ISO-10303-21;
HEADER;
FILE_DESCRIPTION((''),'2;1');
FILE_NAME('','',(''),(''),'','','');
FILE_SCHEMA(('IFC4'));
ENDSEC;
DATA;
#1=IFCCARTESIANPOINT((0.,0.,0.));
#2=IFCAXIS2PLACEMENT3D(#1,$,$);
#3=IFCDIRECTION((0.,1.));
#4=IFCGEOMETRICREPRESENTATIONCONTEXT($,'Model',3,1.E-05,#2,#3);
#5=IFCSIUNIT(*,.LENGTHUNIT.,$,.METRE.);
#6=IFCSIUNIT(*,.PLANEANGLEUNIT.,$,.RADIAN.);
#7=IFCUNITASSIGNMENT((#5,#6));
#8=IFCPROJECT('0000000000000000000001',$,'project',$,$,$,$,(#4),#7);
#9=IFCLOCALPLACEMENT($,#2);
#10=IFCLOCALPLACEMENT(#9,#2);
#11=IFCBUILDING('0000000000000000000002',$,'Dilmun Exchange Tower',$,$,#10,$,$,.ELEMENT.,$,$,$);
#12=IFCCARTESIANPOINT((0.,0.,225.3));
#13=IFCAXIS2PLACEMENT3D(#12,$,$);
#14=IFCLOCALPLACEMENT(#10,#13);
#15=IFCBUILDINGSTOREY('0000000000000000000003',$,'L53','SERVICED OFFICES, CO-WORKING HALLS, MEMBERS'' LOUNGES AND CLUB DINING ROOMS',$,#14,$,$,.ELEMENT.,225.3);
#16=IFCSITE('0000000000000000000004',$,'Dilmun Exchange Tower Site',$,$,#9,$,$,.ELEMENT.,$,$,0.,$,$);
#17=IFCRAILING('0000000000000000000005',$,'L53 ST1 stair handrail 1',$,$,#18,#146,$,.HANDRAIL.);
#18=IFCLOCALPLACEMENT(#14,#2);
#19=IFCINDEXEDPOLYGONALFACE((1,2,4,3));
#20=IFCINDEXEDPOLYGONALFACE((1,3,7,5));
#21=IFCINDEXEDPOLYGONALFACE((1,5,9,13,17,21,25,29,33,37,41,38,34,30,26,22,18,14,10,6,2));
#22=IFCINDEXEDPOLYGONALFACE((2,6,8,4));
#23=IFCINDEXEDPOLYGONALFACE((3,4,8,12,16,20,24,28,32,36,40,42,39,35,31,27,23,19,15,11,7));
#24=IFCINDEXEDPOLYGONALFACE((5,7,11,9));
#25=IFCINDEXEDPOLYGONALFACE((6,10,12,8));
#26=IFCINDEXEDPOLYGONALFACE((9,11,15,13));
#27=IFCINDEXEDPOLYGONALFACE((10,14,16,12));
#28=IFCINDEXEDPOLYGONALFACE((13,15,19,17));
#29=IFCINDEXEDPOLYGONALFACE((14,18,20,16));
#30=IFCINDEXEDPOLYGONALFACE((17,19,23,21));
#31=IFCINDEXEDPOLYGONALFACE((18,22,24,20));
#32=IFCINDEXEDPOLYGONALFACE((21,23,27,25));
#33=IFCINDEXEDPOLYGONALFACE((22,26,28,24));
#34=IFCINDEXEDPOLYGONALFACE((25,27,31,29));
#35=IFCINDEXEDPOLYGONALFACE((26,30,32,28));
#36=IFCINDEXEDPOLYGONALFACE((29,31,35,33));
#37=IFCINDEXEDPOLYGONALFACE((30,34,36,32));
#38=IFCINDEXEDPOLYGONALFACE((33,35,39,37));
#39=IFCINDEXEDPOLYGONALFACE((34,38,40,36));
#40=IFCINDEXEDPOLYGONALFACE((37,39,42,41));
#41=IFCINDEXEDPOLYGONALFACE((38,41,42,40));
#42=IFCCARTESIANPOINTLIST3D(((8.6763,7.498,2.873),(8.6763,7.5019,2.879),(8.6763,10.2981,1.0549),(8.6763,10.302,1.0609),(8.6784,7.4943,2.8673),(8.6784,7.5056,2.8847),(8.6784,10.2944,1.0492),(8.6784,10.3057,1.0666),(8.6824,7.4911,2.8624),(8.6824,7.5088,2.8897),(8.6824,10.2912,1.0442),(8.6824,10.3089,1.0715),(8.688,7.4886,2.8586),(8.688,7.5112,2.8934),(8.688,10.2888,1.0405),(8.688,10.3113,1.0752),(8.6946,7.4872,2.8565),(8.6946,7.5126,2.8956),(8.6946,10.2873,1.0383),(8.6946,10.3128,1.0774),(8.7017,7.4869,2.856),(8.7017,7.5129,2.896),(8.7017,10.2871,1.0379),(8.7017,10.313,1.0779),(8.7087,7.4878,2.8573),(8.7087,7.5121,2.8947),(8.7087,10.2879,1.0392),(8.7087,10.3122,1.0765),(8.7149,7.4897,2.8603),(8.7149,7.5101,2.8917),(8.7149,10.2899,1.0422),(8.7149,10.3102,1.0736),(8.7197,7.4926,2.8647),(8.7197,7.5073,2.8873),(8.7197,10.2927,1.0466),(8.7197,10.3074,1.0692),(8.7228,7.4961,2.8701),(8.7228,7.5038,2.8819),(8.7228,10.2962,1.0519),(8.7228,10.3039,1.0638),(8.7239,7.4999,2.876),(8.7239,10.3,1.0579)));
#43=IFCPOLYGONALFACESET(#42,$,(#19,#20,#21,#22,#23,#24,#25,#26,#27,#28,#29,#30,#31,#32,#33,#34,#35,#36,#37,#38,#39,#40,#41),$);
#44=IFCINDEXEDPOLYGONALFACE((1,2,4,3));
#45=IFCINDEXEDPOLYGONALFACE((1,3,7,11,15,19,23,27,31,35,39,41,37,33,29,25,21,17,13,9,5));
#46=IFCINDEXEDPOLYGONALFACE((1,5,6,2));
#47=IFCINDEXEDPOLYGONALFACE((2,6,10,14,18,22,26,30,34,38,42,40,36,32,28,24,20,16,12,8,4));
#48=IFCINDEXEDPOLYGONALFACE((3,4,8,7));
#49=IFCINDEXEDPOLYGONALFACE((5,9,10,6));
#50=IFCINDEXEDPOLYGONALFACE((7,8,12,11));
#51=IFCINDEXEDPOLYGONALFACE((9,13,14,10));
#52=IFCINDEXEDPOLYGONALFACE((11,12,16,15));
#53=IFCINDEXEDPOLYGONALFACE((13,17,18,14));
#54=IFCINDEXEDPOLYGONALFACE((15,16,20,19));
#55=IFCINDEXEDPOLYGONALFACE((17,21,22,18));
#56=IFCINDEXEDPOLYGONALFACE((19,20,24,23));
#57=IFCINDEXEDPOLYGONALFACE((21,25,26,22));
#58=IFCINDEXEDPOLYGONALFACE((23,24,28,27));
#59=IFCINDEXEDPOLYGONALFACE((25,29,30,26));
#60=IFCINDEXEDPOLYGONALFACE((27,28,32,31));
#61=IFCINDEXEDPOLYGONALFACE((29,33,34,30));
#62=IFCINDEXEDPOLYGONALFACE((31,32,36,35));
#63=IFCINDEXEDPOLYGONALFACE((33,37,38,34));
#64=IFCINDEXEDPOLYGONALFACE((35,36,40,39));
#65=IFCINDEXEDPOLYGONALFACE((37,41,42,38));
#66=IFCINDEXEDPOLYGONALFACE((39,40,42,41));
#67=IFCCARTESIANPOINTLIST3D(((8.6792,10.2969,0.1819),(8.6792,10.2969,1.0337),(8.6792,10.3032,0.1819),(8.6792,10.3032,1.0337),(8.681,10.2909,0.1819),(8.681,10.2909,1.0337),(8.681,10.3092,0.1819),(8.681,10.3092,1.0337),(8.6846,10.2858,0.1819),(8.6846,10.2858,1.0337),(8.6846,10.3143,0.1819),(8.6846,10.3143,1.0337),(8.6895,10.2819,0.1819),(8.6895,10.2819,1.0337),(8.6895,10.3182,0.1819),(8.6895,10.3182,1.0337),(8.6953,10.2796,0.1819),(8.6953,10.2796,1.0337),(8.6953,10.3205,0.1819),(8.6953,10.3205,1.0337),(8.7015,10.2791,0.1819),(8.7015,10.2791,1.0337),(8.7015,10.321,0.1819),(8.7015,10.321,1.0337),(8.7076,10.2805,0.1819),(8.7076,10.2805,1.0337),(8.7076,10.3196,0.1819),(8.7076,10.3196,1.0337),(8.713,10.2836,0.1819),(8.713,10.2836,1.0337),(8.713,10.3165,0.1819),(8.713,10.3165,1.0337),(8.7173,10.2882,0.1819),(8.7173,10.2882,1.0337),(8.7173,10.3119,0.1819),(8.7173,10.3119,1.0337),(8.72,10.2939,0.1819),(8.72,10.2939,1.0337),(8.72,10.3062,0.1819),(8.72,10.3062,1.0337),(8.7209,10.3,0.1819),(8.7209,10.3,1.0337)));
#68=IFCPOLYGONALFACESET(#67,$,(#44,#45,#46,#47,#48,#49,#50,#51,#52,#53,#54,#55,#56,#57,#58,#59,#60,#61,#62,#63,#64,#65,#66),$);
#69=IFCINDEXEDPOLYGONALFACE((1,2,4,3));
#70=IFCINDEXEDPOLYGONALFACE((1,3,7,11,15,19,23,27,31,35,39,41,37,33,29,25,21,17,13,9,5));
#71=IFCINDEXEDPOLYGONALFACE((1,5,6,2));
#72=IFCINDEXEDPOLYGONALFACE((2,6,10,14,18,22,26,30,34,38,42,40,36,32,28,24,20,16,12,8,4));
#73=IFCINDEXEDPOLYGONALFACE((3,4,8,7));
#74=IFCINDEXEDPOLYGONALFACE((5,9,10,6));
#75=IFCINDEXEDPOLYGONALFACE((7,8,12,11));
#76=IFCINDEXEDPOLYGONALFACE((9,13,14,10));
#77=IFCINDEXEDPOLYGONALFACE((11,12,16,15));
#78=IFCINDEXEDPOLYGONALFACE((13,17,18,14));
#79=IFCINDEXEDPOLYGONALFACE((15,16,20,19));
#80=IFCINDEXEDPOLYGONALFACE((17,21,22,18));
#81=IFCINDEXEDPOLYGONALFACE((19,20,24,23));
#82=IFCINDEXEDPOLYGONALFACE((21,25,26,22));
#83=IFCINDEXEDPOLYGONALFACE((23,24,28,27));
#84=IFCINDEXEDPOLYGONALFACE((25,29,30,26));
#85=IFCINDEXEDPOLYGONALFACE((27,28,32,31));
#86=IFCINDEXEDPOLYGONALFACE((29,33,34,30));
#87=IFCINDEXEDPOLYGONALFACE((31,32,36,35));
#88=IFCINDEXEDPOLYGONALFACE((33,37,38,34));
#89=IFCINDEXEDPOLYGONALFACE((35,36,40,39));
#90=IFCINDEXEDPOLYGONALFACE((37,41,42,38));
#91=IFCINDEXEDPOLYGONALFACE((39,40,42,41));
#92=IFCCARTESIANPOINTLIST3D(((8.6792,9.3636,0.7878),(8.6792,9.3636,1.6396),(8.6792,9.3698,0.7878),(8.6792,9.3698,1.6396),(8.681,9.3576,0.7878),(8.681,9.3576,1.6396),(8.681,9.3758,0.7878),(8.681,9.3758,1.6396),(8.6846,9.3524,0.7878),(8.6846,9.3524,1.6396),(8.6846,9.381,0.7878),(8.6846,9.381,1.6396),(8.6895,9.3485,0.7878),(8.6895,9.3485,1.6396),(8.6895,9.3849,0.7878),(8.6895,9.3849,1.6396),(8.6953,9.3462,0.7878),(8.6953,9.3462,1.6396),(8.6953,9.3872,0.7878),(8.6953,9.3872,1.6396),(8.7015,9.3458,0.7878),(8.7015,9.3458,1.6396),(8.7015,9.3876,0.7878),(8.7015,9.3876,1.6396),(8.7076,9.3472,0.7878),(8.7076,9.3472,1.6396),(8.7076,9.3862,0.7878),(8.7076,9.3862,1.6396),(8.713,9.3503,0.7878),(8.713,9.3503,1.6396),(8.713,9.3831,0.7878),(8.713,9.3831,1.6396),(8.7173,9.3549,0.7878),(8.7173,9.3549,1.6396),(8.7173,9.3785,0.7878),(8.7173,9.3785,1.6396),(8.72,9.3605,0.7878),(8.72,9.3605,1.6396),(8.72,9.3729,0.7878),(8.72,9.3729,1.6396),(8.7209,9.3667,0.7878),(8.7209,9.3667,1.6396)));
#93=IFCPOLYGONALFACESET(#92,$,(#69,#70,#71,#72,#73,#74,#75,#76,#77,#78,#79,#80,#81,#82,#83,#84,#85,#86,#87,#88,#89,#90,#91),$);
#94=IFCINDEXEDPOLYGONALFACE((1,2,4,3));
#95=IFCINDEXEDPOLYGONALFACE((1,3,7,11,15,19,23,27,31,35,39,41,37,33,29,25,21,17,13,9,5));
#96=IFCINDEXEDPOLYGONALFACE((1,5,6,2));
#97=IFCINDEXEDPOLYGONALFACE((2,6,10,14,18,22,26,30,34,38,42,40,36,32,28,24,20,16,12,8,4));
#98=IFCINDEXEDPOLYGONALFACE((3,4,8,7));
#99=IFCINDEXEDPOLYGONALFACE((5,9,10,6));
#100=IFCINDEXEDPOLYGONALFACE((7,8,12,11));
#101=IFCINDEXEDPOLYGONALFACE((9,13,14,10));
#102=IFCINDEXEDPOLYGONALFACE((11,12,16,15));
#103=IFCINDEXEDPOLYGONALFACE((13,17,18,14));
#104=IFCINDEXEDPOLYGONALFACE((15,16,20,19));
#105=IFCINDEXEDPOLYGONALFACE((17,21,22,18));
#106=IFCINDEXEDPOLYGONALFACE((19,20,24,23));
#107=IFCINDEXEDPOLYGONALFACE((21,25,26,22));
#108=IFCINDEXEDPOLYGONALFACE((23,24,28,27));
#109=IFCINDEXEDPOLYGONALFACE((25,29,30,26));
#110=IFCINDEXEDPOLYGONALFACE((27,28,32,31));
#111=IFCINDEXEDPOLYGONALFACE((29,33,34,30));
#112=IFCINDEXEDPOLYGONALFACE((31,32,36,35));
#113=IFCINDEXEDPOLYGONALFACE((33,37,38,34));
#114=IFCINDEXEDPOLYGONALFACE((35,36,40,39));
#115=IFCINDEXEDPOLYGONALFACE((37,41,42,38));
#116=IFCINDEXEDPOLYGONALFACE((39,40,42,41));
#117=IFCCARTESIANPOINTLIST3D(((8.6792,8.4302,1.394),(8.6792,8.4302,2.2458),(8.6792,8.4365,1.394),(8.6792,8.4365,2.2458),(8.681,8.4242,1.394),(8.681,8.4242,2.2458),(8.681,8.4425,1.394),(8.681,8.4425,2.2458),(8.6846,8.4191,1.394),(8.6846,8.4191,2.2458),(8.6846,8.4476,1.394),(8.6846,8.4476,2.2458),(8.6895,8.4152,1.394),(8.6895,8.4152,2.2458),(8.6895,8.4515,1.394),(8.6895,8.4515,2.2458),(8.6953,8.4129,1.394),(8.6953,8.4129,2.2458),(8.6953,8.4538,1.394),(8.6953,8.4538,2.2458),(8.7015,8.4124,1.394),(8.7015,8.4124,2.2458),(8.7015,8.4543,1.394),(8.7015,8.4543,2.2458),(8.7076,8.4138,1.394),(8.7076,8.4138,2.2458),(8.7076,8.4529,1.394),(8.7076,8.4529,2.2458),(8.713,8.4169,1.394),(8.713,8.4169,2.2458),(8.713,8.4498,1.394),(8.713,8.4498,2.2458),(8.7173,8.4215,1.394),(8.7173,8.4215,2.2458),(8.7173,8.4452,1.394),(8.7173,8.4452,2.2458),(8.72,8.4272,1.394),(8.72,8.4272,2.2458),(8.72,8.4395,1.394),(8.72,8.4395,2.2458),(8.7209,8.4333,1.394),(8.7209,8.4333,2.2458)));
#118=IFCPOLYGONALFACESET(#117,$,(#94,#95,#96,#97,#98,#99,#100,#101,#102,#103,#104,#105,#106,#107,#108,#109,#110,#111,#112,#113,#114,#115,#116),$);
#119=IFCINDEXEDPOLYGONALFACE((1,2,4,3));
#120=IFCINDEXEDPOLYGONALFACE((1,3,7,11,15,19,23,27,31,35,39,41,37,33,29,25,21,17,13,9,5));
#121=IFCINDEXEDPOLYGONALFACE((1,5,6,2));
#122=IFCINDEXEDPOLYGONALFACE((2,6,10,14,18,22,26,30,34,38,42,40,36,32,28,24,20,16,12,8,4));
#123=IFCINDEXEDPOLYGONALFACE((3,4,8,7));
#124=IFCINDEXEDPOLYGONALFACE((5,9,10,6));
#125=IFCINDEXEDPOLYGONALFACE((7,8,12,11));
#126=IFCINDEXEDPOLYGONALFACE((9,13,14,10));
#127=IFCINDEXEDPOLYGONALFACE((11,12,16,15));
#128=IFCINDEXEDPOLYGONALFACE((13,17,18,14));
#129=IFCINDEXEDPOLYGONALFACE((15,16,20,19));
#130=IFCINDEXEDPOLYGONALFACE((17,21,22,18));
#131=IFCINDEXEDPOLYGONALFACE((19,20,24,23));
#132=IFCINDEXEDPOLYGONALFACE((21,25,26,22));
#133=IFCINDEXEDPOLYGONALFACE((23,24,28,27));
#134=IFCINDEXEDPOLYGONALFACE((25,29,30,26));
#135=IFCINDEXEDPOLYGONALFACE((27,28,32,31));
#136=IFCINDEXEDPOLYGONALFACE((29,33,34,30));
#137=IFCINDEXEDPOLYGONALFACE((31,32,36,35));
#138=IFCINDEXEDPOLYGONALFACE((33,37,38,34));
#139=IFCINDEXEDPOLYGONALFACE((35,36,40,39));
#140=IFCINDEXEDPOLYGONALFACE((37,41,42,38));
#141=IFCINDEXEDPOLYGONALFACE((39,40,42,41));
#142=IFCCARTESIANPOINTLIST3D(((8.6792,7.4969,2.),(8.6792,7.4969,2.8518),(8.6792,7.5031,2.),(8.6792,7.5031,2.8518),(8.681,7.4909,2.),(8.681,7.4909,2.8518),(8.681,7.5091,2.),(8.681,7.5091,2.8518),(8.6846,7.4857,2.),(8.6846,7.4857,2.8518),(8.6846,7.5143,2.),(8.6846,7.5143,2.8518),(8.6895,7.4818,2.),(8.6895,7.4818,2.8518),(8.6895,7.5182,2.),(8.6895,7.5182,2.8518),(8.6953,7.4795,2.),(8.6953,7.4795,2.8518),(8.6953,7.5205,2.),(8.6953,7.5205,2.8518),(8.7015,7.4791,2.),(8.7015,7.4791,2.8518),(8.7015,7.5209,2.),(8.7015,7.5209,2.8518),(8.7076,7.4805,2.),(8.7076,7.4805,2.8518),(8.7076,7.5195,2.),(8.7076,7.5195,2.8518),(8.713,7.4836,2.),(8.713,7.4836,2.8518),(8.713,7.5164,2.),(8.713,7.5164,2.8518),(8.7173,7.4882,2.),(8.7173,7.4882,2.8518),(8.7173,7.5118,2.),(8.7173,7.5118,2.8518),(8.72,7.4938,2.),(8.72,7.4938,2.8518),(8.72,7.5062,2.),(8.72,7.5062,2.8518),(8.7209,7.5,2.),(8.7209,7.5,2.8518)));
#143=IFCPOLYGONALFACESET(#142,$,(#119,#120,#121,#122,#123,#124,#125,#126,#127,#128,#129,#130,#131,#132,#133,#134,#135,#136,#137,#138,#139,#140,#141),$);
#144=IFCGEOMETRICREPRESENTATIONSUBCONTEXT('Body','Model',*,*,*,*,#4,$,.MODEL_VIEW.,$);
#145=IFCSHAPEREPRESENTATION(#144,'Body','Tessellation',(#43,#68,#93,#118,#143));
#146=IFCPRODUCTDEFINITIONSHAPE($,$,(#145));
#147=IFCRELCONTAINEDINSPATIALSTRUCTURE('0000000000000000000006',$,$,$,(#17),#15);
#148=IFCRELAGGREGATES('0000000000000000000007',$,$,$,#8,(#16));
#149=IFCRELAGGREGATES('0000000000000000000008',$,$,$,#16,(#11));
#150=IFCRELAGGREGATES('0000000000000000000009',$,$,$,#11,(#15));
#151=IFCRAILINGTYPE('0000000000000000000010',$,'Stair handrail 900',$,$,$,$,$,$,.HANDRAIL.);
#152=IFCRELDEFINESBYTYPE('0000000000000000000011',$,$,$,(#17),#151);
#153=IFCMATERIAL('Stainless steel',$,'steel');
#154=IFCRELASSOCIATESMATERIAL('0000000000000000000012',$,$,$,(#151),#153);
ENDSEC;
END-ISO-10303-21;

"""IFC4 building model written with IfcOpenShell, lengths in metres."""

from ifc_helpers import new_model, si_unit, direction, frame, origin, origin_2d, place, context, subcontext, project, spatial, circle, extrude, material, type_object, element, save


model = new_model("IFC4")

# Units and contexts
model_context = context("Model", 3, precision=1e-05, world=origin(), true_north=direction((0.0, 1.0)))
body_context = subcontext(model_context, "Body", "Model", "MODEL_VIEW")
ifc_project = project(units=[si_unit("LENGTHUNIT", "METRE"), si_unit("PLANEANGLEUNIT", "RADIAN")], contexts=[model_context])

# Site, building, storey
site_placement = place(None, origin())
site = spatial("IfcSite", under=ifc_project, at=site_placement, Name="Dilmun Exchange Tower Site", CompositionType="ELEMENT", RefElevation=0.0)
building_placement = place(site_placement, origin())
building = spatial("IfcBuilding", under=site, at=building_placement, Name="Dilmun Exchange Tower", CompositionType="ELEMENT")
storey_placement = place(building_placement, frame((0.0, 0.0, 225.3)))
storey = spatial("IfcBuildingStorey", under=building, at=storey_placement, Name="L53", Description="SERVICED OFFICES, CO-WORKING HALLS, MEMBERS' LOUNGES AND CLUB DINING ROOMS", CompositionType="ELEMENT", Elevation=225.3)

# Railing
ifc_material_1 = material(Name="Stainless steel", Category="steel")
railing_type = type_object("IfcRailingType", Name="Stair handrail 900", PredefinedType="HANDRAIL", material=ifc_material_1)
railing_placement = place(storey_placement, frame((8.7, 10.3, 0.1819)))
element("IfcRailing", 1, at=railing_placement, inside=storey, type_object=railing_type, Name="L53 ST1 stair handrail 1", PredefinedType="HANDRAIL", context=body_context, shape_type="SweptSolid", body=[
    extrude(circle(Radius=0.0239, at=origin_2d()), frame((0.0, 0.0, 0.876), z_axis=(0.0, -0.838706, 0.544585), x_axis=(1.0, 0.0, 0.0)), (0.0, 0.0, 1.0), 3.3386),
    extrude(circle(Radius=0.021, at=origin_2d()), origin(), (0.0, 0.0, 1.0), 0.8518),
    extrude(circle(Radius=0.021, at=origin_2d()), frame((0.0, -0.9333, 0.606)), (0.0, 0.0, 1.0), 0.8518),
    extrude(circle(Radius=0.021, at=origin_2d()), frame((0.0, -1.8667, 1.2122)), (0.0, 0.0, 1.0), 0.8518),
    extrude(circle(Radius=0.021, at=origin_2d()), frame((0.0, -2.8, 1.8181)), (0.0, 0.0, 1.0), 0.8518),
])

save(model, "model.ifc")
